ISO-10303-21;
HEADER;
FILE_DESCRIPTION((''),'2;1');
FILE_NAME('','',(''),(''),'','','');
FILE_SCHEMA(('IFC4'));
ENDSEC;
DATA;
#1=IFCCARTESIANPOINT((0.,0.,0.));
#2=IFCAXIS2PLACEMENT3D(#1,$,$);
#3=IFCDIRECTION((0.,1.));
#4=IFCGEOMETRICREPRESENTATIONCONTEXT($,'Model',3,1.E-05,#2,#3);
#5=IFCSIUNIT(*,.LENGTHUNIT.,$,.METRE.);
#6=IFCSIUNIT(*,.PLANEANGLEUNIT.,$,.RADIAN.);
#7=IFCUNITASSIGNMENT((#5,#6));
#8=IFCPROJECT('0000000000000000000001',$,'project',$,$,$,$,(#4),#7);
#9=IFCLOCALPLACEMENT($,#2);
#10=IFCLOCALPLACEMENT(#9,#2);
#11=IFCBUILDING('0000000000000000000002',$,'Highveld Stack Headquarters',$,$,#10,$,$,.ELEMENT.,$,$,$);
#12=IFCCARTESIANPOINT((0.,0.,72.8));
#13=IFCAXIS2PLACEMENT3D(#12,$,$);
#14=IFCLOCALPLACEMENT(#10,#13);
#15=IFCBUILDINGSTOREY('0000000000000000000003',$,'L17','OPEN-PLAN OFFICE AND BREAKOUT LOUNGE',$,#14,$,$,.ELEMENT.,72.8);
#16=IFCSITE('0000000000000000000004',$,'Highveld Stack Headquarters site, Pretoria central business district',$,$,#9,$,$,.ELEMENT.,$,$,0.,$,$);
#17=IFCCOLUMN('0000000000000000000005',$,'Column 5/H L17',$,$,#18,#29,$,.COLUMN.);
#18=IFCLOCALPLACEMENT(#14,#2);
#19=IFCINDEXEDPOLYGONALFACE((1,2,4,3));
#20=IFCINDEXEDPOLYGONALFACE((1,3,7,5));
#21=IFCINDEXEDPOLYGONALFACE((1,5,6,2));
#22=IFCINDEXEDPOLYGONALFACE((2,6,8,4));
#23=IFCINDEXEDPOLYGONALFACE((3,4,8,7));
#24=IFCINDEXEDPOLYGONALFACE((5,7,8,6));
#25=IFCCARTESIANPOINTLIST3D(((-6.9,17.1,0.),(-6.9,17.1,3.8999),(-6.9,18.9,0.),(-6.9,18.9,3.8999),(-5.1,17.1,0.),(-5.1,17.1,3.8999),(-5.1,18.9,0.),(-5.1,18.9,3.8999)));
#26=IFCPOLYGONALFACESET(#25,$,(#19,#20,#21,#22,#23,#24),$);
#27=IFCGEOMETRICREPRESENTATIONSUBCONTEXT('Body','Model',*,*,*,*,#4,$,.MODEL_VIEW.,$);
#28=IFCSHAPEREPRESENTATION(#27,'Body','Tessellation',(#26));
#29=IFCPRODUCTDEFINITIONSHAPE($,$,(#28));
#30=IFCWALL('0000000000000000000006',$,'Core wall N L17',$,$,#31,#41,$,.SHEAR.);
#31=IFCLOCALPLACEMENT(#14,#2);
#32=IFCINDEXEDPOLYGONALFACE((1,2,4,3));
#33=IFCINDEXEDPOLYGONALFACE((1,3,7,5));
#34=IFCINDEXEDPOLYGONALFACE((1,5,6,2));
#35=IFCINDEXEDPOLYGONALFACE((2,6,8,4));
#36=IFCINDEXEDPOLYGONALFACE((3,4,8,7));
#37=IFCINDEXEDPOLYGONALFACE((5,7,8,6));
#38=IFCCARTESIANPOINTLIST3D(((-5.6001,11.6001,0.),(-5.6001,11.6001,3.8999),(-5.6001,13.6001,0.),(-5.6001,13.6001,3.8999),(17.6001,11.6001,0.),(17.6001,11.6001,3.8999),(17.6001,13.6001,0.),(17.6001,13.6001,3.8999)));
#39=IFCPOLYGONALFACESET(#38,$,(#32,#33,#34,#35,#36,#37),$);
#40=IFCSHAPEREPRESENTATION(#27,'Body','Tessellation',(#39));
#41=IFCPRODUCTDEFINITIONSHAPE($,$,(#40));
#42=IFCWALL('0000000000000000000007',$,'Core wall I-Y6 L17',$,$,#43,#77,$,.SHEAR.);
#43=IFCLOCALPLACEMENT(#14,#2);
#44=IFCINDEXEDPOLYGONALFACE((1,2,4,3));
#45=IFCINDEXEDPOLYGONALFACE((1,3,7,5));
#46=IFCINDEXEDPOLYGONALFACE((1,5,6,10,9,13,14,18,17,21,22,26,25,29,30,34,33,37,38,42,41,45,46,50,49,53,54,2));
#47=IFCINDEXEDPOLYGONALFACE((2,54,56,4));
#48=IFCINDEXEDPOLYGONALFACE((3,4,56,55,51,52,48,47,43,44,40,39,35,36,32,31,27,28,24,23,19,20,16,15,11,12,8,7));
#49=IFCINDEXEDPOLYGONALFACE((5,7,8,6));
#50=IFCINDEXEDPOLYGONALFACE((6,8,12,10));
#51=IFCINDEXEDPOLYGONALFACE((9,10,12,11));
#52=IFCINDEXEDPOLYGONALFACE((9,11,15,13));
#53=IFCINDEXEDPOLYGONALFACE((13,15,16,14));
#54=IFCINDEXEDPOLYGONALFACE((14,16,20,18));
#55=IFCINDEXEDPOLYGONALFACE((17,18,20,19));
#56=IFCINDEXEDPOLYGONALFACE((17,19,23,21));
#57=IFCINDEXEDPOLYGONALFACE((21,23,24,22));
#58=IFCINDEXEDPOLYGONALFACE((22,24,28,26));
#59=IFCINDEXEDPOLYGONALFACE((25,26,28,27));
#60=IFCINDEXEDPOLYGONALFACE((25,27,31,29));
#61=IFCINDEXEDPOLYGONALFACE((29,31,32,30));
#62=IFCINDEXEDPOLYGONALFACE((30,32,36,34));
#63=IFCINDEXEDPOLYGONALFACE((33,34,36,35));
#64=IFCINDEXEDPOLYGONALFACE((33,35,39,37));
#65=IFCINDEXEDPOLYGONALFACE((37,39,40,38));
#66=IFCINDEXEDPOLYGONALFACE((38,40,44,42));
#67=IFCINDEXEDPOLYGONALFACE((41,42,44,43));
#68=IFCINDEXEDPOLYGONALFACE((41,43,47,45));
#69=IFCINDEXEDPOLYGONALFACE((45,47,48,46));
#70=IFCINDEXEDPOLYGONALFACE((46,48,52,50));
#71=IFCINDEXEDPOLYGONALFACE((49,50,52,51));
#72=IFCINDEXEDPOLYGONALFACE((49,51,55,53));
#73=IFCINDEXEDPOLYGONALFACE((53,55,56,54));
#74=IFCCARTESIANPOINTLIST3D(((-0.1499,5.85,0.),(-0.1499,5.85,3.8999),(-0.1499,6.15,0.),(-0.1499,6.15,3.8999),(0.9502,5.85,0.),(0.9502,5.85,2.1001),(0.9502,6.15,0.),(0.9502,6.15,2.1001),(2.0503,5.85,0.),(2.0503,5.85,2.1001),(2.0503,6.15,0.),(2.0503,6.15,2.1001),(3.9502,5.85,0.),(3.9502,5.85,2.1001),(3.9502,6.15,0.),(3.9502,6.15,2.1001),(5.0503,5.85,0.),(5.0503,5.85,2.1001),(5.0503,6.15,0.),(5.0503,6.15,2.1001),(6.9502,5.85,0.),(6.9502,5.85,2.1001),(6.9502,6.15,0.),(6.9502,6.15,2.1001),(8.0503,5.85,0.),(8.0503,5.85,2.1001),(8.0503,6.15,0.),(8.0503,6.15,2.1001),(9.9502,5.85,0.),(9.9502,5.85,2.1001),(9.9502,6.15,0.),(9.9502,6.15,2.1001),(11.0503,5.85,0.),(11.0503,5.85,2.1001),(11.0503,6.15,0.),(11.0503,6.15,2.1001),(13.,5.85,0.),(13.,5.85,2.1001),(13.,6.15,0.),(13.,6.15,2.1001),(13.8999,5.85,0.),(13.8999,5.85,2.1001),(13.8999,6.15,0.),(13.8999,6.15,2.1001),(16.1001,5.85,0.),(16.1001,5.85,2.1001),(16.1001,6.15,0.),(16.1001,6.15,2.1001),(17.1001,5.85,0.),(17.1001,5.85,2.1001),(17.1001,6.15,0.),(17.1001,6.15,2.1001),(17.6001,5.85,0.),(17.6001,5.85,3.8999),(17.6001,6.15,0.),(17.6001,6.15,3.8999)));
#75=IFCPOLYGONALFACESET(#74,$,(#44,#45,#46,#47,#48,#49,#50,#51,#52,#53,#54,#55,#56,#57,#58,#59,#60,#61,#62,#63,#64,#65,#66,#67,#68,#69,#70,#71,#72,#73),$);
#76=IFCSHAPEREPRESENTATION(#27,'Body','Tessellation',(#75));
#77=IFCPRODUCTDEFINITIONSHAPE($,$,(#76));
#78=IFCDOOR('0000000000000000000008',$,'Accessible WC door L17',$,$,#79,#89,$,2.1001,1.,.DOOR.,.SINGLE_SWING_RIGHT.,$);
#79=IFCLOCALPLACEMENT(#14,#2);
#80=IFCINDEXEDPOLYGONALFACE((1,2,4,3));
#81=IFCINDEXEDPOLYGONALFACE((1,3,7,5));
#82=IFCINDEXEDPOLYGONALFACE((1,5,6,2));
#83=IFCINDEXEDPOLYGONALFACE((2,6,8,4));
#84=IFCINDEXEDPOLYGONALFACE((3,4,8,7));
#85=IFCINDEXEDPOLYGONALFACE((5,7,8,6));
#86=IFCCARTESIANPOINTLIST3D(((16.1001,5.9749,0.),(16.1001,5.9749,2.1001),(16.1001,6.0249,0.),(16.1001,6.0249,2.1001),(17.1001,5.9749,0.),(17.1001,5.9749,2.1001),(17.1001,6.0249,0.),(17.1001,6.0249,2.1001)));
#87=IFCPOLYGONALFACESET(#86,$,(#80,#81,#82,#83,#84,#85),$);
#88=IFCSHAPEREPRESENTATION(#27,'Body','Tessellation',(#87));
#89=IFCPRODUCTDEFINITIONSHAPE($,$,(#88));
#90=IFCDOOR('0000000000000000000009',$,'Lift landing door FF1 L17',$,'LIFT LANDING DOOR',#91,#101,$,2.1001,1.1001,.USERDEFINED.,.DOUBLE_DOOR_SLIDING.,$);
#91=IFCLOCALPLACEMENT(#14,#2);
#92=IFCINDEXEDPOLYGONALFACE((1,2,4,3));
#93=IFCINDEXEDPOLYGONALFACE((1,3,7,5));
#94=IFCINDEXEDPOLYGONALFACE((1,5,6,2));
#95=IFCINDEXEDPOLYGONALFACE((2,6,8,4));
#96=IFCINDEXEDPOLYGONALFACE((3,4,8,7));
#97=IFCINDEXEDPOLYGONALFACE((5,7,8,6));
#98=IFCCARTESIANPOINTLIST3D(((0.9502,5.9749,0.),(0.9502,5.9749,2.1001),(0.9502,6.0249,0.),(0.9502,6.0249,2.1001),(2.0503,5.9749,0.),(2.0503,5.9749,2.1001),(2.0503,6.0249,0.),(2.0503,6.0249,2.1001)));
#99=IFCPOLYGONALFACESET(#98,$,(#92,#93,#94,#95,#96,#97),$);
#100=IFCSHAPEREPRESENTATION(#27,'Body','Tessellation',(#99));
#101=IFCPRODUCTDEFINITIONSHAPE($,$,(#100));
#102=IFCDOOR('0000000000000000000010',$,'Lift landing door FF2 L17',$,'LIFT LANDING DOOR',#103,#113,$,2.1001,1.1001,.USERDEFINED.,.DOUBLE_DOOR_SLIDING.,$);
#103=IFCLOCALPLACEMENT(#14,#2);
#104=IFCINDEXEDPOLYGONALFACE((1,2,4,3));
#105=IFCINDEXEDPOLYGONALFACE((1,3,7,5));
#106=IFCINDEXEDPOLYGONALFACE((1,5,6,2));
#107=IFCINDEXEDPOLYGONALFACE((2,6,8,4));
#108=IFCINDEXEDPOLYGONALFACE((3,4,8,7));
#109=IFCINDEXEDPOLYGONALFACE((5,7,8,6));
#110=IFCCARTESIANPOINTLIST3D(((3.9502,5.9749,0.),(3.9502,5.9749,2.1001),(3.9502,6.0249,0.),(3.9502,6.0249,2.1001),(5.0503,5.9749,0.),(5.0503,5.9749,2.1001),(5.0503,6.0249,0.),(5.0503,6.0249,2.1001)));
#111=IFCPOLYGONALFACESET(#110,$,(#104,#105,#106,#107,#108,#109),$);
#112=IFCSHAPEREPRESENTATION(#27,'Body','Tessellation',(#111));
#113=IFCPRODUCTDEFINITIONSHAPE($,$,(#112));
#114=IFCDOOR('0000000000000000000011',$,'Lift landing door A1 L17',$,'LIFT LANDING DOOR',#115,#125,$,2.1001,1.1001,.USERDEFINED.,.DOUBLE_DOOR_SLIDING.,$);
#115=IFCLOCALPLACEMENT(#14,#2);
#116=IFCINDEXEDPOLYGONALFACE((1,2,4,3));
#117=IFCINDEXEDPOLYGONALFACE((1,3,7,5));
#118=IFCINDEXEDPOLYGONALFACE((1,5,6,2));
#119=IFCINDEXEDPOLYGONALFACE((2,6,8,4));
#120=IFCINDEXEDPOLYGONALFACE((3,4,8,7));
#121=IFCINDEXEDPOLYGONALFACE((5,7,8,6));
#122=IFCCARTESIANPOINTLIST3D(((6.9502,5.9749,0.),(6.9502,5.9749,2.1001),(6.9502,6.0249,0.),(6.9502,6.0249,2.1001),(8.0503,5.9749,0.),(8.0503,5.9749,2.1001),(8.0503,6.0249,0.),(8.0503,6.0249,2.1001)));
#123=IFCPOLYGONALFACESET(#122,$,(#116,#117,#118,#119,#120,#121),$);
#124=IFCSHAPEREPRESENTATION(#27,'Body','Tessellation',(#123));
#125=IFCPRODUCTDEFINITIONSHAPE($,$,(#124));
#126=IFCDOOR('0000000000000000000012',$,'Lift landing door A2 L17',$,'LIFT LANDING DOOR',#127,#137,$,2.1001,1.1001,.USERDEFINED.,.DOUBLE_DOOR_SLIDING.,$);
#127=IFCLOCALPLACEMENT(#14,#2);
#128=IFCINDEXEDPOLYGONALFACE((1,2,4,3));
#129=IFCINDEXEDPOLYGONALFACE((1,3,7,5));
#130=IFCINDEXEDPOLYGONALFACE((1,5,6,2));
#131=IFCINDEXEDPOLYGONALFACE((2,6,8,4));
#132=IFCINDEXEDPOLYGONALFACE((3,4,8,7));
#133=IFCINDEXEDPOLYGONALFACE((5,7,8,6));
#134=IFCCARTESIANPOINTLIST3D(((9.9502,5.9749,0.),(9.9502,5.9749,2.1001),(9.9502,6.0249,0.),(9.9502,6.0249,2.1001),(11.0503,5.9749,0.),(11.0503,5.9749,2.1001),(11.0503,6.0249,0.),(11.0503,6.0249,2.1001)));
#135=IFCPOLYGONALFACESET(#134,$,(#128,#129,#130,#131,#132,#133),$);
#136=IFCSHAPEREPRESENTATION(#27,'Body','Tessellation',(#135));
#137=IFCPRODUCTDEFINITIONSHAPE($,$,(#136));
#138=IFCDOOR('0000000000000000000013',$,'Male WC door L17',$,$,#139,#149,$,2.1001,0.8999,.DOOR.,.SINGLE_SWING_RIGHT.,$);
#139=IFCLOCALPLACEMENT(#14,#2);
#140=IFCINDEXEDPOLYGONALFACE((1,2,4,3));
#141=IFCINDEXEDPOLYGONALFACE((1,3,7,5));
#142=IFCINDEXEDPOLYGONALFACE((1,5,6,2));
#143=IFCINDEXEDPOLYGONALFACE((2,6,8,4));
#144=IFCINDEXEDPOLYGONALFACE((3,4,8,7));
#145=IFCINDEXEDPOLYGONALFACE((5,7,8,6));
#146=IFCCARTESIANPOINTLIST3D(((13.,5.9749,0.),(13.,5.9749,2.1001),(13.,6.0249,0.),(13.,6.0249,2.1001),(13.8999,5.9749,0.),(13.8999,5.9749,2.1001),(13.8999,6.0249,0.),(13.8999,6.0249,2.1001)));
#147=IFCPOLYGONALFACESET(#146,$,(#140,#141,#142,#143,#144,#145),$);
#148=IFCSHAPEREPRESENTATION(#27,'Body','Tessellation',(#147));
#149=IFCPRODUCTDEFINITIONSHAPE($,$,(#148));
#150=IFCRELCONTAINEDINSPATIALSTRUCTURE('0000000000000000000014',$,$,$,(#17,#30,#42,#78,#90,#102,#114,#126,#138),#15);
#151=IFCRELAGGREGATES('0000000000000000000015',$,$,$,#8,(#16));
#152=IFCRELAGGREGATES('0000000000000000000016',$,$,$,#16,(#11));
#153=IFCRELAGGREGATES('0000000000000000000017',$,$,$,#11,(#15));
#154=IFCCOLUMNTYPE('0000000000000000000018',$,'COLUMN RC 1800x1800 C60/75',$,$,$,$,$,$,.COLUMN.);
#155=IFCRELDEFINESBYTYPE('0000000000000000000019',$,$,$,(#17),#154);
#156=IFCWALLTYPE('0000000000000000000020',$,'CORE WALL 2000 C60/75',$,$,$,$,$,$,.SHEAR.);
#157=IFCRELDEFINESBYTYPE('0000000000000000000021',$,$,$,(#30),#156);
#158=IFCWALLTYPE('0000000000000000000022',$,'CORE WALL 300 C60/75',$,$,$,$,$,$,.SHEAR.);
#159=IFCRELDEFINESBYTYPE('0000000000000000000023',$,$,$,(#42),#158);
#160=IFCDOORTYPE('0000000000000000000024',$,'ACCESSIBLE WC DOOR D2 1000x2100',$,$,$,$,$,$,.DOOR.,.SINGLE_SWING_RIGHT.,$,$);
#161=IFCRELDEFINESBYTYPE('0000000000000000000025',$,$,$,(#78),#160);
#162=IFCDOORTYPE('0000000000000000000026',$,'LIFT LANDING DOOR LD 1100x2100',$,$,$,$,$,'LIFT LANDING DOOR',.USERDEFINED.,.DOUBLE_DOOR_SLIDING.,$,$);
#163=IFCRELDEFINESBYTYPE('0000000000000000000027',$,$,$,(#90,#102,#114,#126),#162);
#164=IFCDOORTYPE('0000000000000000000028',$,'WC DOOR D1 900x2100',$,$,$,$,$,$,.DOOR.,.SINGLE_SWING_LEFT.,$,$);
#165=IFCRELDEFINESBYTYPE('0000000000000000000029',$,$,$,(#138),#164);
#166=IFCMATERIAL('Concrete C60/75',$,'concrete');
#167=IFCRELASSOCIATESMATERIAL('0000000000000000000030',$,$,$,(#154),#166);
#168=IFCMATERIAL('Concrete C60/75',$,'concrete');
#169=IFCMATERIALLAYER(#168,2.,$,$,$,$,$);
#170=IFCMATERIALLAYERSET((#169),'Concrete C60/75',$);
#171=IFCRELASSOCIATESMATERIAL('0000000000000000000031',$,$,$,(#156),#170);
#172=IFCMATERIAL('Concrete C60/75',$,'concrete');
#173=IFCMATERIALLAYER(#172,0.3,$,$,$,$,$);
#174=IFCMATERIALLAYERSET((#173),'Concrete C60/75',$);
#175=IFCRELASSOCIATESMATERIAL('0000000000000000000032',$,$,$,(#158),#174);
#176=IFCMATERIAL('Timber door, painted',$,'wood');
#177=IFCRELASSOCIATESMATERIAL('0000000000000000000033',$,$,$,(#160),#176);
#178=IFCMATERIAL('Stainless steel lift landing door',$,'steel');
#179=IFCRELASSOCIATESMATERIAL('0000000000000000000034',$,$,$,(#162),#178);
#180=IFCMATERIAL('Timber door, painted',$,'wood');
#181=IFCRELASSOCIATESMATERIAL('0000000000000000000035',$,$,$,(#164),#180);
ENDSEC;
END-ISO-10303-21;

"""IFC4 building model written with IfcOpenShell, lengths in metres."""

from ifc_helpers import new_model, si_unit, direction, frame, frame_2d, origin, origin_2d, place, context, subcontext, project, spatial, rectangle, extrude, material, layer, layer_set, material_profile, profile_set, type_object, element, fill, save


model = new_model("IFC4")

# Units and contexts
model_context = context("Model", 3, precision=1e-05, world=origin(), true_north=direction((0.0, 1.0)))
body_context = subcontext(model_context, "Body", "Model", "MODEL_VIEW")
ifc_project = project(units=[si_unit("LENGTHUNIT", "METRE"), si_unit("PLANEANGLEUNIT", "RADIAN")], contexts=[model_context])

# Site, building, storey
site_placement = place(None, origin())
site = spatial("IfcSite", under=ifc_project, at=site_placement, Name="Highveld Stack Headquarters site, Pretoria central business district", CompositionType="ELEMENT", RefElevation=0.0)
building_placement = place(site_placement, origin())
building = spatial("IfcBuilding", under=site, at=building_placement, Name="Highveld Stack Headquarters", CompositionType="ELEMENT")
storey_placement = place(building_placement, frame((0.0, 0.0, 72.8)))
storey = spatial("IfcBuildingStorey", under=building, at=storey_placement, Name="L17", Description="OPEN-PLAN OFFICE AND BREAKOUT LOUNGE", CompositionType="ELEMENT", Elevation=72.8)

# Column
ifc_material_1 = material(Name="Concrete C60/75", Category="concrete")
ifc_material_profile = material_profile(ifc_material_1, rectangle(XDim=1.8, YDim=1.8, at=origin_2d()), Name="RC 1800x1800")
ifc_profile_set = profile_set([ifc_material_profile], Name="Concrete C60/75")
column_type = type_object("IfcColumnType", Name="COLUMN RC 1800x1800 C60/75", PredefinedType="COLUMN", material=ifc_profile_set)
column_placement = place(storey_placement, frame((-6.0, 18.0, 0.0), z_axis=(0.0, 0.0, 1.0), x_axis=(1.0, 0.0, 0.0)))
element("IfcColumn", 1, at=column_placement, inside=storey, type_object=column_type, Name="Column 5/H L17", PredefinedType="COLUMN", context=body_context, shape_type="SweptSolid", body=[
    extrude(rectangle(XDim=1.8, YDim=1.8, at=origin_2d()), origin(), (0.0, 0.0, 1.0), 3.8999),
])

# Wall
ifc_material_2 = material(Name="Concrete C60/75", Category="concrete")
ifc_layer_1 = layer(ifc_material_2, 2.0)
ifc_layer_set_1 = layer_set([ifc_layer_1], Name="Concrete C60/75")
wall_type_1 = type_object("IfcWallType", Name="CORE WALL 2000 C60/75", PredefinedType="SHEAR", material=ifc_layer_set_1)
wall_1_placement = place(storey_placement, frame((-5.6001, 12.6001, 0.0), z_axis=(0.0, 0.0, 1.0), x_axis=(1.0, 0.0, 0.0)))
element("IfcWall", 2, at=wall_1_placement, inside=storey, type_object=wall_type_1, Name="Core wall N L17", PredefinedType="SHEAR", context=body_context, shape_type="SweptSolid", body=[
    extrude(rectangle(XDim=23.2002, YDim=2.0, at=frame_2d((11.6001, 0.0))), origin(), (0.0, 0.0, 1.0), 3.8999),
])

# Wall, openings, doors
ifc_material_3 = material(Name="Concrete C60/75", Category="concrete")
ifc_layer_2 = layer(ifc_material_3, 0.3)
ifc_layer_set_2 = layer_set([ifc_layer_2], Name="Concrete C60/75")
wall_type_2 = type_object("IfcWallType", Name="CORE WALL 300 C60/75", PredefinedType="SHEAR", material=ifc_layer_set_2)
wall_2_placement = place(storey_placement, frame((-0.1499, 6.0, 0.0), z_axis=(0.0, 0.0, 1.0), x_axis=(1.0, 0.0, 0.0)))
wall_2 = element("IfcWall", 3, at=wall_2_placement, inside=storey, type_object=wall_type_2, Name="Core wall I-Y6 L17", PredefinedType="SHEAR", context=body_context, shape_type="SweptSolid", body=[
    extrude(rectangle(XDim=17.75, YDim=0.3, at=frame_2d((8.875, 0.0))), origin(), (0.0, 0.0, 1.0), 3.8999),
])
opening_1_placement = place(wall_2_placement, frame((13.1499, 0.0, 0.0)))
opening_1 = element("IfcOpeningElement", 4, at=opening_1_placement, cuts=wall_2, PredefinedType="OPENING", context=body_context, shape_type="SweptSolid", body=[
    extrude(rectangle(XDim=0.8999, YDim=2.1001, at=frame_2d((0.45, 1.05))), frame((0.0, 0.1599, 0.0), z_axis=(0.0, -1.0, 0.0), x_axis=(1.0, 0.0, 0.0)), (0.0, 0.0, 1.0), 0.3201),
])
opening_2_placement = place(wall_2_placement, frame((16.25, 0.0, 0.0)))
opening_2 = element("IfcOpeningElement", 5, at=opening_2_placement, cuts=wall_2, PredefinedType="OPENING", context=body_context, shape_type="SweptSolid", body=[
    extrude(rectangle(XDim=1.0, YDim=2.1001, at=frame_2d((0.5, 1.05))), frame((0.0, 0.1599, 0.0), z_axis=(0.0, -1.0, 0.0), x_axis=(1.0, 0.0, 0.0)), (0.0, 0.0, 1.0), 0.3201),
])
opening_3_placement = place(wall_2_placement, frame((1.1001, 0.0, 0.0)))
opening_3 = element("IfcOpeningElement", 6, at=opening_3_placement, cuts=wall_2, PredefinedType="OPENING", context=body_context, shape_type="SweptSolid", body=[
    extrude(rectangle(XDim=1.1001, YDim=2.1001, at=frame_2d((0.55, 1.05))), frame((0.0, 0.1599, 0.0), z_axis=(0.0, -1.0, 0.0), x_axis=(1.0, 0.0, 0.0)), (0.0, 0.0, 1.0), 0.3201),
])
opening_4_placement = place(wall_2_placement, frame((4.1001, 0.0, 0.0)))
opening_4 = element("IfcOpeningElement", 7, at=opening_4_placement, cuts=wall_2, PredefinedType="OPENING", context=body_context, shape_type="SweptSolid", body=[
    extrude(rectangle(XDim=1.1001, YDim=2.1001, at=frame_2d((0.55, 1.05))), frame((0.0, 0.1599, 0.0), z_axis=(0.0, -1.0, 0.0), x_axis=(1.0, 0.0, 0.0)), (0.0, 0.0, 1.0), 0.3201),
])
opening_5_placement = place(wall_2_placement, frame((7.1001, 0.0, 0.0)))
opening_5 = element("IfcOpeningElement", 8, at=opening_5_placement, cuts=wall_2, PredefinedType="OPENING", context=body_context, shape_type="SweptSolid", body=[
    extrude(rectangle(XDim=1.1001, YDim=2.1001, at=frame_2d((0.55, 1.05))), frame((0.0, 0.1599, 0.0), z_axis=(0.0, -1.0, 0.0), x_axis=(1.0, 0.0, 0.0)), (0.0, 0.0, 1.0), 0.3201),
])
opening_6_placement = place(wall_2_placement, frame((10.1001, 0.0, 0.0)))
opening_6 = element("IfcOpeningElement", 9, at=opening_6_placement, cuts=wall_2, PredefinedType="OPENING", context=body_context, shape_type="SweptSolid", body=[
    extrude(rectangle(XDim=1.1001, YDim=2.1001, at=frame_2d((0.55, 1.05))), frame((0.0, 0.1599, 0.0), z_axis=(0.0, -1.0, 0.0), x_axis=(1.0, 0.0, 0.0)), (0.0, 0.0, 1.0), 0.3201),
])
ifc_material_4 = material(Name="Timber door, painted", Category="wood")
door_type_1 = type_object("IfcDoorType", Name="ACCESSIBLE WC DOOR D2 1000x2100", OperationType="SINGLE_SWING_RIGHT", PredefinedType="DOOR", material=ifc_material_4)
door_1_placement = place(opening_2_placement, origin())
door_1 = element("IfcDoor", 10, at=door_1_placement, inside=storey, type_object=door_type_1, Name="Accessible WC door L17", OperationType="SINGLE_SWING_RIGHT", OverallHeight=2.1001, OverallWidth=1.0, PredefinedType="DOOR", context=body_context, shape_type="SweptSolid", body=[
    extrude(rectangle(XDim=1.0, YDim=2.1001, at=frame_2d((0.5, 1.05))), frame((0.0, 0.0249, 0.0), z_axis=(0.0, -1.0, 0.0), x_axis=(1.0, 0.0, 0.0)), (0.0, 0.0, 1.0), 0.05),
])
fill(opening_2, door_1)
ifc_material_5 = material(Name="Stainless steel lift landing door", Category="steel")
door_type_2 = type_object("IfcDoorType", Name="LIFT LANDING DOOR LD 1100x2100", ElementType="LIFT LANDING DOOR", OperationType="DOUBLE_DOOR_SLIDING", PredefinedType="USERDEFINED", material=ifc_material_5)
door_2_placement = place(opening_3_placement, origin())
door_2 = element("IfcDoor", 11, at=door_2_placement, inside=storey, type_object=door_type_2, Name="Lift landing door FF1 L17", ObjectType="LIFT LANDING DOOR", OperationType="DOUBLE_DOOR_SLIDING", OverallHeight=2.1001, OverallWidth=1.1001, PredefinedType="USERDEFINED", context=body_context, shape_type="SweptSolid", body=[
    extrude(rectangle(XDim=1.1001, YDim=2.1001, at=frame_2d((0.55, 1.05))), frame((0.0, 0.0249, 0.0), z_axis=(0.0, -1.0, 0.0), x_axis=(1.0, 0.0, 0.0)), (0.0, 0.0, 1.0), 0.05),
])
fill(opening_3, door_2)
door_3_placement = place(opening_4_placement, origin())
door_3 = element("IfcDoor", 12, at=door_3_placement, inside=storey, type_object=door_type_2, Name="Lift landing door FF2 L17", ObjectType="LIFT LANDING DOOR", OperationType="DOUBLE_DOOR_SLIDING", OverallHeight=2.1001, OverallWidth=1.1001, PredefinedType="USERDEFINED", context=body_context, shape_type="SweptSolid", body=[
    extrude(rectangle(XDim=1.1001, YDim=2.1001, at=frame_2d((0.55, 1.05))), frame((0.0, 0.0249, 0.0), z_axis=(0.0, -1.0, 0.0), x_axis=(1.0, 0.0, 0.0)), (0.0, 0.0, 1.0), 0.05),
])
fill(opening_4, door_3)
door_4_placement = place(opening_5_placement, origin())
door_4 = element("IfcDoor", 13, at=door_4_placement, inside=storey, type_object=door_type_2, Name="Lift landing door A1 L17", ObjectType="LIFT LANDING DOOR", OperationType="DOUBLE_DOOR_SLIDING", OverallHeight=2.1001, OverallWidth=1.1001, PredefinedType="USERDEFINED", context=body_context, shape_type="SweptSolid", body=[
    extrude(rectangle(XDim=1.1001, YDim=2.1001, at=frame_2d((0.55, 1.05))), frame((0.0, 0.0249, 0.0), z_axis=(0.0, -1.0, 0.0), x_axis=(1.0, 0.0, 0.0)), (0.0, 0.0, 1.0), 0.05),
])
fill(opening_5, door_4)
door_5_placement = place(opening_6_placement, origin())
door_5 = element("IfcDoor", 14, at=door_5_placement, inside=storey, type_object=door_type_2, Name="Lift landing door A2 L17", ObjectType="LIFT LANDING DOOR", OperationType="DOUBLE_DOOR_SLIDING", OverallHeight=2.1001, OverallWidth=1.1001, PredefinedType="USERDEFINED", context=body_context, shape_type="SweptSolid", body=[
    extrude(rectangle(XDim=1.1001, YDim=2.1001, at=frame_2d((0.55, 1.05))), frame((0.0, 0.0249, 0.0), z_axis=(0.0, -1.0, 0.0), x_axis=(1.0, 0.0, 0.0)), (0.0, 0.0, 1.0), 0.05),
])
fill(opening_6, door_5)
ifc_material_6 = material(Name="Timber door, painted", Category="wood")
door_type_3 = type_object("IfcDoorType", Name="WC DOOR D1 900x2100", OperationType="SINGLE_SWING_LEFT", PredefinedType="DOOR", material=ifc_material_6)
door_6_placement = place(opening_1_placement, origin())
door_6 = element("IfcDoor", 15, at=door_6_placement, inside=storey, type_object=door_type_3, Name="Male WC door L17", OperationType="SINGLE_SWING_RIGHT", OverallHeight=2.1001, OverallWidth=0.8999, PredefinedType="DOOR", context=body_context, shape_type="SweptSolid", body=[
    extrude(rectangle(XDim=0.8999, YDim=2.1001, at=frame_2d((0.45, 1.05))), frame((0.0, 0.0249, 0.0), z_axis=(0.0, -1.0, 0.0), x_axis=(1.0, 0.0, 0.0)), (0.0, 0.0, 1.0), 0.05),
])
fill(opening_1, door_6)

save(model, "model.ifc")
